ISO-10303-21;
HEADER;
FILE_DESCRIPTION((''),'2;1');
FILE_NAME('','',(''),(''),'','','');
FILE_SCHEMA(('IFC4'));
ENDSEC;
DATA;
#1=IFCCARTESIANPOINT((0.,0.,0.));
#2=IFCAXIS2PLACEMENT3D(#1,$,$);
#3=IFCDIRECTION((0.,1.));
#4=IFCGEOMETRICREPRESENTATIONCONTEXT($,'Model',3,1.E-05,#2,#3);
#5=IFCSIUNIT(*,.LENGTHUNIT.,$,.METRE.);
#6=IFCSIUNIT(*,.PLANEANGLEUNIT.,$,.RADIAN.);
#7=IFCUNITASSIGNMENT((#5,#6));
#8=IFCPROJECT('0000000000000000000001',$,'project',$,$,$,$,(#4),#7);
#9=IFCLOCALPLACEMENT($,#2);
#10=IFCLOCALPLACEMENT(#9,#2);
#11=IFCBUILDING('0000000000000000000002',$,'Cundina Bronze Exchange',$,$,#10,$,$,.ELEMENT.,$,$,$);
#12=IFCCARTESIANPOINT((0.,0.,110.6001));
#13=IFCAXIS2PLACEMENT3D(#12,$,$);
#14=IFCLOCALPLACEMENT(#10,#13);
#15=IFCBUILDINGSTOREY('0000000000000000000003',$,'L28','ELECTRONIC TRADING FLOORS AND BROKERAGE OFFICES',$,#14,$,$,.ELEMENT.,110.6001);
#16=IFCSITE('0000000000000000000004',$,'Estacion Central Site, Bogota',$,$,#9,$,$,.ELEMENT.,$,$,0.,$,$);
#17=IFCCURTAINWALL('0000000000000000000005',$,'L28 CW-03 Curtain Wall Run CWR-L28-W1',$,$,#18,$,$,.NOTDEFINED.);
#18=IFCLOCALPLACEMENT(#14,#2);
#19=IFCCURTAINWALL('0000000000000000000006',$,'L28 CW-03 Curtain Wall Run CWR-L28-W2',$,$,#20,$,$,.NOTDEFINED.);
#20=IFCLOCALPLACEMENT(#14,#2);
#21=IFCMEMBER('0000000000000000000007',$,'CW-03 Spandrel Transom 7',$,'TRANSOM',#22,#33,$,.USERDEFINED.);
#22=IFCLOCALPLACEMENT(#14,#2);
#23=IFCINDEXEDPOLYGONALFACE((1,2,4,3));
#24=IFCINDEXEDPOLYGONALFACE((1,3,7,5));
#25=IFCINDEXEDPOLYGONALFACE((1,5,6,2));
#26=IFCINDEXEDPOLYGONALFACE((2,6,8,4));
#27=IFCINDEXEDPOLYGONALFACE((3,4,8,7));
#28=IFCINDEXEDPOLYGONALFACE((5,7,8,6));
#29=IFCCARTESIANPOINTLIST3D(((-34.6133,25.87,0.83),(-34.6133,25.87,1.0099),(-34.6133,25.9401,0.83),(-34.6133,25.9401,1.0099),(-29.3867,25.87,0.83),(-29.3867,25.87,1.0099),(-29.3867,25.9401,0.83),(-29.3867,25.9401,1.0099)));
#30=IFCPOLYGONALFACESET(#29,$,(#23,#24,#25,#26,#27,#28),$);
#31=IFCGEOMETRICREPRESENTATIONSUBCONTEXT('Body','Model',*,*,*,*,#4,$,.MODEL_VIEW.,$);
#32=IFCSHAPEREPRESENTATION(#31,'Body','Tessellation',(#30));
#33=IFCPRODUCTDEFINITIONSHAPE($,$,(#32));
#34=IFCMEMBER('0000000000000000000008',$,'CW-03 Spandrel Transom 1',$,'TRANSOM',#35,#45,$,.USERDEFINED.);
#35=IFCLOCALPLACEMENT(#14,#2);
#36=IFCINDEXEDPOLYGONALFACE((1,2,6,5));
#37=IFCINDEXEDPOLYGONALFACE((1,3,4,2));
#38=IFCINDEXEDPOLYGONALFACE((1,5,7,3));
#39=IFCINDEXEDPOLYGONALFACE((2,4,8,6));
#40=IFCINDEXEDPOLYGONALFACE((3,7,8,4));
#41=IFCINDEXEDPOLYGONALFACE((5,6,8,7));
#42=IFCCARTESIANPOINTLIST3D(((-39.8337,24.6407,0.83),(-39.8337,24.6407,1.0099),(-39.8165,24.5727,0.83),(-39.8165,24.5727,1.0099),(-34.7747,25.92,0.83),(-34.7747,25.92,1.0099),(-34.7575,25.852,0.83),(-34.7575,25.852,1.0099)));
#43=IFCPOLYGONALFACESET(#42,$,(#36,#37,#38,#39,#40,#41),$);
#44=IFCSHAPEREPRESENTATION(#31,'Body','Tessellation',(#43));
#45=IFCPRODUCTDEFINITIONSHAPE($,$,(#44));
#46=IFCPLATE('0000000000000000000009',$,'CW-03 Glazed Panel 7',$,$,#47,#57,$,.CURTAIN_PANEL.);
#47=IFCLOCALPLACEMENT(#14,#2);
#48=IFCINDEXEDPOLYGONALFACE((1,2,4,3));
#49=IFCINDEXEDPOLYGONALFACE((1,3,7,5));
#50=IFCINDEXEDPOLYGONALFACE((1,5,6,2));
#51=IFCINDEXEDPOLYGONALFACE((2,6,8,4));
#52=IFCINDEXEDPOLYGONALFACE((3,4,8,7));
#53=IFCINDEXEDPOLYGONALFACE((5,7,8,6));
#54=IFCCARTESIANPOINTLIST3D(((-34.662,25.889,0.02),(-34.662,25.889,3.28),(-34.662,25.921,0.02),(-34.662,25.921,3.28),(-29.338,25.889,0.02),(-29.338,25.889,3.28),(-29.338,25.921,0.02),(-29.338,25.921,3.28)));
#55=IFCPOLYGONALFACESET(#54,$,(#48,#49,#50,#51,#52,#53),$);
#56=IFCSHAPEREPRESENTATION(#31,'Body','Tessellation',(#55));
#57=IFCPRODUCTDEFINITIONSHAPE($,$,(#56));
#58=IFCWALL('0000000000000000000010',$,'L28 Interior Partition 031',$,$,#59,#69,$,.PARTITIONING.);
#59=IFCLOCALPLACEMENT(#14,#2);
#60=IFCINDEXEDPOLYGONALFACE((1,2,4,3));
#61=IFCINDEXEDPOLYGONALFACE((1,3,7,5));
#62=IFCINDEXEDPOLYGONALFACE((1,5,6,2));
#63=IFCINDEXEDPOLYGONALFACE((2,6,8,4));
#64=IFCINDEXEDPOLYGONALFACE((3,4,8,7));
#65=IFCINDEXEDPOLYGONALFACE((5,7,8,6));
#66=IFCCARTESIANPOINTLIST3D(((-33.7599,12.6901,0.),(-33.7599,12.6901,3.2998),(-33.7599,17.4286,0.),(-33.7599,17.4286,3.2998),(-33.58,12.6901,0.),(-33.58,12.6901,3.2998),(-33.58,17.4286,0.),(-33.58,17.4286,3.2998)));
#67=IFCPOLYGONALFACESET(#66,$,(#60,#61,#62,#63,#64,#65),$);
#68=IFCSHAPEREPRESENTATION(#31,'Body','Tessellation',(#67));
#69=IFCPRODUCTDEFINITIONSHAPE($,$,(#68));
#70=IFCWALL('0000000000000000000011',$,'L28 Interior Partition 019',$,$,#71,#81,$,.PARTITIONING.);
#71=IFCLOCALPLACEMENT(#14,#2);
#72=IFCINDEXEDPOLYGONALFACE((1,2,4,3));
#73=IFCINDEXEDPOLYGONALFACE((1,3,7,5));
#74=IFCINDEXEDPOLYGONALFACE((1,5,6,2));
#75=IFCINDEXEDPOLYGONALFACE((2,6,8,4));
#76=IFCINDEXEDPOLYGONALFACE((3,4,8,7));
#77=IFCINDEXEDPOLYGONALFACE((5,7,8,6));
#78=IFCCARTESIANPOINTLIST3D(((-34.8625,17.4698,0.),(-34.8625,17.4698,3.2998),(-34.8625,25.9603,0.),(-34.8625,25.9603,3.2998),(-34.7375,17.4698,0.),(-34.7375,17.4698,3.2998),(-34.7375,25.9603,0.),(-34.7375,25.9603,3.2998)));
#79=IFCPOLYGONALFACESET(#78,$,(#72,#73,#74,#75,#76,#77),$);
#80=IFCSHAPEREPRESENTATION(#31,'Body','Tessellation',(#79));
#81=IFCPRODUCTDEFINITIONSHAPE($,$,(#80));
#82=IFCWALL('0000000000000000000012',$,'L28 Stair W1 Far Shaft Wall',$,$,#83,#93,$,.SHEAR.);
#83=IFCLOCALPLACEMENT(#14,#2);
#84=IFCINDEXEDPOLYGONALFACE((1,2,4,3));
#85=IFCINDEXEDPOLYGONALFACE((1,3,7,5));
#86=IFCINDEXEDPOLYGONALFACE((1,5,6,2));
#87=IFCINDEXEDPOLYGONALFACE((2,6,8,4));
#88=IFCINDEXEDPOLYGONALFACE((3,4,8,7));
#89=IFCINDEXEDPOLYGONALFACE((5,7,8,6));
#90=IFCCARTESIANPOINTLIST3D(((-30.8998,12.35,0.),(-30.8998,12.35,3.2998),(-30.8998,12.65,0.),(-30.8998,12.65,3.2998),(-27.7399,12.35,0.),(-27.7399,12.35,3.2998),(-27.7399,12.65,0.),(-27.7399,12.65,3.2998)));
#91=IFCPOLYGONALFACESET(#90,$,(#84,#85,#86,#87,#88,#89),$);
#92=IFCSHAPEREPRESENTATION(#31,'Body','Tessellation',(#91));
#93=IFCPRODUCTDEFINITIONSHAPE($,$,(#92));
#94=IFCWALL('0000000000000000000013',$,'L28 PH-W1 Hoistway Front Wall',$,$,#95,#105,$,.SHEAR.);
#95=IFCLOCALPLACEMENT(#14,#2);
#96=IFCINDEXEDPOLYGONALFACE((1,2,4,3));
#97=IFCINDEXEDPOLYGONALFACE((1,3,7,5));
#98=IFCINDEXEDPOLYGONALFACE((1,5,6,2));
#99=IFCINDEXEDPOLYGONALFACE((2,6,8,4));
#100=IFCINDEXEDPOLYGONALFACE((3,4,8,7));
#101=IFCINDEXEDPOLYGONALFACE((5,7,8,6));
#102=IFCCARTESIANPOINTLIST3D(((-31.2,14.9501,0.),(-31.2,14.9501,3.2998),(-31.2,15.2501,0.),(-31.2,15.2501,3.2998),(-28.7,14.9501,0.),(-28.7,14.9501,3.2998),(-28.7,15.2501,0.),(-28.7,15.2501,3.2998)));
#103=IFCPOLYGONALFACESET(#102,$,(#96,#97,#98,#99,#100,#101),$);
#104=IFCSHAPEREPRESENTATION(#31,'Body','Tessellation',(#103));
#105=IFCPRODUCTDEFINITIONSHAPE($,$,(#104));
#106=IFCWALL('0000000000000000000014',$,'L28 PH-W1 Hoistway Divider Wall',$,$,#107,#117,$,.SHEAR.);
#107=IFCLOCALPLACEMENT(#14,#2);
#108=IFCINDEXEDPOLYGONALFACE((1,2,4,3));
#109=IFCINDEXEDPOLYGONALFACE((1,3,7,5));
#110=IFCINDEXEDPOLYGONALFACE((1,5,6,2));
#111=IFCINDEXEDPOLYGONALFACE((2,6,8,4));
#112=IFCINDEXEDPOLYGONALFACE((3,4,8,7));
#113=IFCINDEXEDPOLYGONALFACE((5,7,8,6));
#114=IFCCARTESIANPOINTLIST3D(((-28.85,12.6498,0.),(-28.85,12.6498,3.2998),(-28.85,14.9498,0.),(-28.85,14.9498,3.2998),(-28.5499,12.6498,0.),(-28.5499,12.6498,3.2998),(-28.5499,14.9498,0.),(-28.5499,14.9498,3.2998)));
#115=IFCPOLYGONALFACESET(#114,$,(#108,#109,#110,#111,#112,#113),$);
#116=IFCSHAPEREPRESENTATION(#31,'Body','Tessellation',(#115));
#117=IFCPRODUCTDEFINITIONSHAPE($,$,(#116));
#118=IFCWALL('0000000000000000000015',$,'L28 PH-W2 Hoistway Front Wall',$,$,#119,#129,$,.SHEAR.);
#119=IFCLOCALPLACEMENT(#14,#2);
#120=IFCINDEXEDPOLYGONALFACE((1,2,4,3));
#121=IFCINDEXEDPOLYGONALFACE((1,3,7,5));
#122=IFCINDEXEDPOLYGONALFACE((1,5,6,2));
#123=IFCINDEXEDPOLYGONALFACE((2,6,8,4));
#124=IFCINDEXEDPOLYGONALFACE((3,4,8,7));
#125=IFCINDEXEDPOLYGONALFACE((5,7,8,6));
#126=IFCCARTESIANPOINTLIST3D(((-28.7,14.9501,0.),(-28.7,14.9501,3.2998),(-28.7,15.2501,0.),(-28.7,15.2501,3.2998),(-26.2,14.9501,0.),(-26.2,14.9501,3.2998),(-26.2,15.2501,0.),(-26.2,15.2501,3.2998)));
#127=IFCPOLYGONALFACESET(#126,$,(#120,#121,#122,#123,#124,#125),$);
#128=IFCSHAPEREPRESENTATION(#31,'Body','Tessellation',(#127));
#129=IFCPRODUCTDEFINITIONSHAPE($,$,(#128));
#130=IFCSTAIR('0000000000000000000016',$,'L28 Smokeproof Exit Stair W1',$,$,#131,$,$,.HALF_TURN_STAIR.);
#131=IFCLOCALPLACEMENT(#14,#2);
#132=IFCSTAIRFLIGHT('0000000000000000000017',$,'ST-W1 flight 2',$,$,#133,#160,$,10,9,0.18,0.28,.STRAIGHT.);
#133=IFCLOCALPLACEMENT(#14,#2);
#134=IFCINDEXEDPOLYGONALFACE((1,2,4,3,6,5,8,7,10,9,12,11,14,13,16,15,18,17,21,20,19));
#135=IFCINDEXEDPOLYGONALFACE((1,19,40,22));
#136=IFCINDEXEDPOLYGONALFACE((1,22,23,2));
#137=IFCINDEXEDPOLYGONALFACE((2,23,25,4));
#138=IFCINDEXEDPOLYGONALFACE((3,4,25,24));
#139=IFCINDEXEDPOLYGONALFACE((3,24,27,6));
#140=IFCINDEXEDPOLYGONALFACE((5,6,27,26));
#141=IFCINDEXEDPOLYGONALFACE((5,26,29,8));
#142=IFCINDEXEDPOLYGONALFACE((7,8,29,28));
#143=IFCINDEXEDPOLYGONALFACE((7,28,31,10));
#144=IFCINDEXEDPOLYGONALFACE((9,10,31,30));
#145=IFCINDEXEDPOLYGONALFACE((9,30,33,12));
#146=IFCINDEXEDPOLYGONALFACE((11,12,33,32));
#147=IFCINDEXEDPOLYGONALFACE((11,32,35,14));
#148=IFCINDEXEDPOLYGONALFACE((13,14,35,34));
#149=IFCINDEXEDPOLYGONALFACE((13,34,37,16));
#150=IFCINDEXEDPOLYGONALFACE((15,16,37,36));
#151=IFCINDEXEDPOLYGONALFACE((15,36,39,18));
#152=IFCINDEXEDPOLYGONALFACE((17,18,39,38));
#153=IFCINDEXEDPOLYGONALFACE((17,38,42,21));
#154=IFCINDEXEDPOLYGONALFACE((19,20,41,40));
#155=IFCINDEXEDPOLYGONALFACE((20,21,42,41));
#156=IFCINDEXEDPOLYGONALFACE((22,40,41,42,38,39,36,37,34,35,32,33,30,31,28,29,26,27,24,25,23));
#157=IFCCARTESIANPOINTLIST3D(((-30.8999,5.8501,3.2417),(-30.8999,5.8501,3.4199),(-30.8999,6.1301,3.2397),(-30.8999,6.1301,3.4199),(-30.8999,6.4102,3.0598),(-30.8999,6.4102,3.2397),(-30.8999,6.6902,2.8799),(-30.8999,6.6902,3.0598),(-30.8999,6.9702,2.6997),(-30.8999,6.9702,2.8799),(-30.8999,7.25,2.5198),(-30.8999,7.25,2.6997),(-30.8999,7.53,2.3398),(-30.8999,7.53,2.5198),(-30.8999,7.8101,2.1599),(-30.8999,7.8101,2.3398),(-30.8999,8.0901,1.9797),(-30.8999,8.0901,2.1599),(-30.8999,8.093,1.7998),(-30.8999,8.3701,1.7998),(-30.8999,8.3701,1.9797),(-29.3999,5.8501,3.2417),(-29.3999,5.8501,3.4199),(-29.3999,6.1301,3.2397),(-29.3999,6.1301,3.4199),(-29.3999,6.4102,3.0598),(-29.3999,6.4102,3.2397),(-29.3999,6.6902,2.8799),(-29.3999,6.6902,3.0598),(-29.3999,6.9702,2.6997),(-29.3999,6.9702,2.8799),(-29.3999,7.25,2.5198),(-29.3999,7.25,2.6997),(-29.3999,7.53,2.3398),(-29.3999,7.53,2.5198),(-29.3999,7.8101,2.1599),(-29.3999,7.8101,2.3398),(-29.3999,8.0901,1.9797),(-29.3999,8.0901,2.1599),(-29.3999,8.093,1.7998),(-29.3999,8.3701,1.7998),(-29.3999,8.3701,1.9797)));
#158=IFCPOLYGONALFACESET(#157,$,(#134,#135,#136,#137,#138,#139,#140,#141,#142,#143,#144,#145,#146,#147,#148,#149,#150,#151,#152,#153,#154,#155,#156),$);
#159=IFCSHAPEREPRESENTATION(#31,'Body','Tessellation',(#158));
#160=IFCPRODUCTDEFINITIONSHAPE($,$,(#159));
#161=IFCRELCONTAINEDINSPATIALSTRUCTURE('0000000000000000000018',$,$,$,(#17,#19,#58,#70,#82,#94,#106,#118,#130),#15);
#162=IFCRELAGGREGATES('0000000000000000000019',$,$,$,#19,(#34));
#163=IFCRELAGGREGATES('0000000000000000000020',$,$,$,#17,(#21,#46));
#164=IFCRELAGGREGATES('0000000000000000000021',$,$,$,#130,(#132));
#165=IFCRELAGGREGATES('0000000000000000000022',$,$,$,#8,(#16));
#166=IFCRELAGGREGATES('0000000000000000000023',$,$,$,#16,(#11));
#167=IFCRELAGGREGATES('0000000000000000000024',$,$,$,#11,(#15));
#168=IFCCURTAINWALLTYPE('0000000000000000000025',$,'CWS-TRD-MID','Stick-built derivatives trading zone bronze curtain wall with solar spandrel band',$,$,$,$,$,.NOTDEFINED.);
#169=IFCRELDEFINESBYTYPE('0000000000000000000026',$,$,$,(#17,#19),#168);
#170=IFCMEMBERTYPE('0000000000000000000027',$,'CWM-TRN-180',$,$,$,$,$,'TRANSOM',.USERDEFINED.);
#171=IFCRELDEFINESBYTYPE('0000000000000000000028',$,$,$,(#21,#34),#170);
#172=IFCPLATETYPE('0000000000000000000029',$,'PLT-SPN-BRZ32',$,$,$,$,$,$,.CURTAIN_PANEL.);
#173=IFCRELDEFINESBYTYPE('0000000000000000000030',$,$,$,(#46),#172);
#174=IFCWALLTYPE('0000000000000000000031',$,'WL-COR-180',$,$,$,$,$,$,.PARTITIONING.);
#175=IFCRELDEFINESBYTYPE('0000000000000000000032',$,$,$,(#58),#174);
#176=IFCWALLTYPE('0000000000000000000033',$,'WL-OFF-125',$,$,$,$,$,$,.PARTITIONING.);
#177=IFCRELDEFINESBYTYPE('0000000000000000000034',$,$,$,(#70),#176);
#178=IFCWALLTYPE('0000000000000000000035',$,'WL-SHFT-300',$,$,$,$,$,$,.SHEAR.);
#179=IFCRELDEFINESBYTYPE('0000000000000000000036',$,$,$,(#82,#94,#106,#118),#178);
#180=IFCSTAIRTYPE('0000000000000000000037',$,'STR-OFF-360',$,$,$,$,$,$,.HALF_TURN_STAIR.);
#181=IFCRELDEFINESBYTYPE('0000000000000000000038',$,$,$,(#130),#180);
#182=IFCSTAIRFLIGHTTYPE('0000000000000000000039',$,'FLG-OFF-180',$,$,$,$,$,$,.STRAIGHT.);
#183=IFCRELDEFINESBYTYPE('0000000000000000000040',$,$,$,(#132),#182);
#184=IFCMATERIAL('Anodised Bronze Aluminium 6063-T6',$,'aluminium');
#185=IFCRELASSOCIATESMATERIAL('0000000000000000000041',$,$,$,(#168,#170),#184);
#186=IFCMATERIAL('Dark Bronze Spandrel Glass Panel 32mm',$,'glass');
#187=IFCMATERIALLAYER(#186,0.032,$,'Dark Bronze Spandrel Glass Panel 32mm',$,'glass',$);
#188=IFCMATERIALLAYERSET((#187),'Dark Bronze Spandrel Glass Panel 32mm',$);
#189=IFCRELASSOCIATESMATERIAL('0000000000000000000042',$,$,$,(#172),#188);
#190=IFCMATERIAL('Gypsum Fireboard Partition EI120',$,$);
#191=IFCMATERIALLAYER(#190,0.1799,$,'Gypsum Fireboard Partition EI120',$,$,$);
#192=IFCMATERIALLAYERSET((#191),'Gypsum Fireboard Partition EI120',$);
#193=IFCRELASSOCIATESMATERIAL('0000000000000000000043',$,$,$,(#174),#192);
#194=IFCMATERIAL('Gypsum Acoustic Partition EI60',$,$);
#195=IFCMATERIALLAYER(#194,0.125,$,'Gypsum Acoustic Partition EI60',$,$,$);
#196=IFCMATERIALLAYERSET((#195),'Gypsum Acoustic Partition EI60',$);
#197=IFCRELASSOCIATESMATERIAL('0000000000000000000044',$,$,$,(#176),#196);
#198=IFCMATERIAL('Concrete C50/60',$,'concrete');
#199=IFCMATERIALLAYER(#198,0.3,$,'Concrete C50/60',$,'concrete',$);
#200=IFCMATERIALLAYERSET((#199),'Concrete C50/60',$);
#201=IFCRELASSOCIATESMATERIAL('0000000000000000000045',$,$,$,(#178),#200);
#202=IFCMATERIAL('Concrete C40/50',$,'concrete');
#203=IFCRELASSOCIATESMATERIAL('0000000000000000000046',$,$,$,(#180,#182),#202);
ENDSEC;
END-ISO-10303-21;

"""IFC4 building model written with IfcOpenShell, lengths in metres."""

from ifc_helpers import new_model, si_unit, direction, frame, frame_2d, origin, origin_2d, place, context, subcontext, project, spatial, polyline, rectangle, outline, extrude, material, layer, layer_set, material_profile, profile_set, type_object, element, aggregate, save


model = new_model("IFC4")

# Units and contexts
model_context = context("Model", 3, precision=1e-05, world=origin(), true_north=direction((0.0, 1.0)))
body_context = subcontext(model_context, "Body", "Model", "MODEL_VIEW")
ifc_project = project(units=[si_unit("LENGTHUNIT", "METRE"), si_unit("PLANEANGLEUNIT", "RADIAN")], contexts=[model_context])

# Site, building, storey
site_placement = place(None, origin())
site = spatial("IfcSite", under=ifc_project, at=site_placement, Name="Estacion Central Site, Bogota", CompositionType="ELEMENT", RefElevation=0.0)
building_placement = place(site_placement, origin())
building = spatial("IfcBuilding", under=site, at=building_placement, Name="Cundina Bronze Exchange", CompositionType="ELEMENT")
storey_placement = place(building_placement, frame((0.0, 0.0, 110.6001)))
storey = spatial("IfcBuildingStorey", under=building, at=storey_placement, Name="L28", Description="ELECTRONIC TRADING FLOORS AND BROKERAGE OFFICES", CompositionType="ELEMENT", Elevation=110.6001)

# Curtain wall
ifc_material_1 = material(Name="Anodised Bronze Aluminium 6063-T6", Category="aluminium")
curtain_wall_type = type_object("IfcCurtainWallType", Name="CWS-TRD-MID", Description="Stick-built derivatives trading zone bronze curtain wall with solar spandrel band", PredefinedType="NOTDEFINED", material=ifc_material_1)
curtain_wall_1_placement = place(storey_placement, origin())
curtain_wall_1 = element("IfcCurtainWall", 1, at=curtain_wall_1_placement, inside=storey, type_object=curtain_wall_type, Name="L28 CW-03 Curtain Wall Run CWR-L28-W1", PredefinedType="NOTDEFINED")

# Curtain wall
curtain_wall_2_placement = place(storey_placement, origin())
curtain_wall_2 = element("IfcCurtainWall", 2, at=curtain_wall_2_placement, inside=storey, type_object=curtain_wall_type, Name="L28 CW-03 Curtain Wall Run CWR-L28-W2", PredefinedType="NOTDEFINED")

# Members
ifc_material_profile_1 = material_profile(ifc_material_1, rectangle(XDim=0.0701, YDim=0.1799, at=origin_2d()), Name="AL70X180", Category="aluminium")
ifc_profile_set_1 = profile_set([ifc_material_profile_1], Name="Anodised Bronze Aluminium 6063-T6")
member_type_1 = type_object("IfcMemberType", Name="CWM-TRN-180", ElementType="TRANSOM", PredefinedType="USERDEFINED", material=ifc_profile_set_1)
member_1_placement = place(storey_placement, frame((-29.3867, 25.905, 0.9199), z_axis=(-1.0, 0.0, 0.0), x_axis=(0.0, -1.0, 0.0)))
member_1 = element("IfcMember", 3, at=member_1_placement, type_object=member_type_1, Name="CW-03 Spandrel Transom 7", ObjectType="TRANSOM", PredefinedType="USERDEFINED", context=body_context, shape_type="SweptSolid", body=[
    extrude(rectangle(XDim=0.0701, YDim=0.1799, at=origin_2d()), origin(), (0.0, 0.0, 1.0), 5.2266),
])
member_2_placement = place(storey_placement, frame((-34.7661, 25.886, 0.9199), z_axis=(-0.969484, -0.245155, 0.0), x_axis=(0.245155, -0.969484, 0.0)))
member_2 = element("IfcMember", 4, at=member_2_placement, type_object=member_type_1, Name="CW-03 Spandrel Transom 1", ObjectType="TRANSOM", PredefinedType="USERDEFINED", context=body_context, shape_type="SweptSolid", body=[
    extrude(rectangle(XDim=0.0701, YDim=0.1799, at=origin_2d()), origin(), (0.0, 0.0, 1.0), 5.2183),
])
aggregate(curtain_wall_2, [member_2])

# Plate
ifc_material_2 = material(Name="Dark Bronze Spandrel Glass Panel 32mm", Category="glass")
ifc_layer_1 = layer(ifc_material_2, 0.032, Name="Dark Bronze Spandrel Glass Panel 32mm", Category="glass")
ifc_layer_set_1 = layer_set([ifc_layer_1], Name="Dark Bronze Spandrel Glass Panel 32mm")
plate_type = type_object("IfcPlateType", Name="PLT-SPN-BRZ32", PredefinedType="CURTAIN_PANEL", material=ifc_layer_set_1)
plate_placement = place(storey_placement, frame((-32.0, 25.905, 0.02), z_axis=(0.0, 0.0, 1.0), x_axis=(-1.0, 0.0, 0.0)))
plate = element("IfcPlate", 5, at=plate_placement, type_object=plate_type, Name="CW-03 Glazed Panel 7", PredefinedType="CURTAIN_PANEL", context=body_context, shape_type="SweptSolid", body=[
    extrude(rectangle(XDim=5.324, YDim=0.032, at=origin_2d()), origin(), (0.0, 0.0, 1.0), 3.26),
])
aggregate(curtain_wall_1, [member_1, plate])

# Shared definitions
ifc_material_3 = material(Name="Gypsum Fireboard Partition EI120")
ifc_layer_2 = layer(ifc_material_3, 0.1799, Name="Gypsum Fireboard Partition EI120")
ifc_layer_set_2 = layer_set([ifc_layer_2], Name="Gypsum Fireboard Partition EI120")
wall_type_1 = type_object("IfcWallType", Name="WL-COR-180", PredefinedType="PARTITIONING", material=ifc_layer_set_2)

# Wall
wall_1_placement = place(storey_placement, frame((-33.6699, 17.4285, 0.0), z_axis=(0.0, 0.0, 1.0), x_axis=(0.0, -1.0, 0.0)))
element("IfcWall", 6, at=wall_1_placement, inside=storey, type_object=wall_type_1, Name="L28 Interior Partition 031", PredefinedType="PARTITIONING", context=body_context, shape_type="SweptSolid", body=[
    extrude(rectangle(XDim=4.7385, YDim=0.1799, at=frame_2d((2.3691, 0.0))), origin(), (0.0, 0.0, 1.0), 3.2998),
])

# Wall
ifc_material_4 = material(Name="Gypsum Acoustic Partition EI60")
ifc_layer_3 = layer(ifc_material_4, 0.125, Name="Gypsum Acoustic Partition EI60")
ifc_layer_set_3 = layer_set([ifc_layer_3], Name="Gypsum Acoustic Partition EI60")
wall_type_2 = type_object("IfcWallType", Name="WL-OFF-125", PredefinedType="PARTITIONING", material=ifc_layer_set_3)
wall_2_placement = place(storey_placement, frame((-34.8, 17.47, 0.0), z_axis=(0.0, 0.0, 1.0), x_axis=(0.0, 1.0, 0.0)))
element("IfcWall", 7, at=wall_2_placement, inside=storey, type_object=wall_type_2, Name="L28 Interior Partition 019", PredefinedType="PARTITIONING", context=body_context, shape_type="SweptSolid", body=[
    extrude(rectangle(XDim=8.4905, YDim=0.125, at=frame_2d((4.2451, 0.0))), origin(), (0.0, 0.0, 1.0), 3.2998),
])

# Shared definitions
ifc_material_5 = material(Name="Concrete C50/60", Category="concrete")
ifc_layer_4 = layer(ifc_material_5, 0.3, Name="Concrete C50/60", Category="concrete")
ifc_layer_set_4 = layer_set([ifc_layer_4], Name="Concrete C50/60")
wall_type_3 = type_object("IfcWallType", Name="WL-SHFT-300", PredefinedType="SHEAR", material=ifc_layer_set_4)

# Walls
wall_3_placement = place(storey_placement, frame((-30.8999, 12.5, 0.0), z_axis=(0.0, 0.0, 1.0), x_axis=(1.0, 0.0, 0.0)))
element("IfcWall", 8, at=wall_3_placement, inside=storey, type_object=wall_type_3, Name="L28 Stair W1 Far Shaft Wall", PredefinedType="SHEAR", context=body_context, shape_type="SweptSolid", body=[
    extrude(rectangle(XDim=3.1599, YDim=0.3, at=frame_2d((1.5801, 0.0))), origin(), (0.0, 0.0, 1.0), 3.2998),
])
wall_4_placement = place(storey_placement, frame((-31.2, 15.1001, 0.0), z_axis=(0.0, 0.0, 1.0), x_axis=(1.0, 0.0, 0.0)))
element("IfcWall", 9, at=wall_4_placement, inside=storey, type_object=wall_type_3, Name="L28 PH-W1 Hoistway Front Wall", PredefinedType="SHEAR", context=body_context, shape_type="SweptSolid", body=[
    extrude(rectangle(XDim=2.5, YDim=0.3, at=frame_2d((1.25, 0.0))), origin(), (0.0, 0.0, 1.0), 3.2998),
])
wall_5_placement = place(storey_placement, frame((-28.7, 12.6499, 0.0), z_axis=(0.0, 0.0, 1.0), x_axis=(0.0, 1.0, 0.0)))
element("IfcWall", 10, at=wall_5_placement, inside=storey, type_object=wall_type_3, Name="L28 PH-W1 Hoistway Divider Wall", PredefinedType="SHEAR", context=body_context, shape_type="SweptSolid", body=[
    extrude(rectangle(XDim=2.3, YDim=0.3, at=frame_2d((1.1499, 0.0))), origin(), (0.0, 0.0, 1.0), 3.2998),
])
wall_6_placement = place(storey_placement, frame((-28.7, 15.1001, 0.0), z_axis=(0.0, 0.0, 1.0), x_axis=(1.0, 0.0, 0.0)))
element("IfcWall", 11, at=wall_6_placement, inside=storey, type_object=wall_type_3, Name="L28 PH-W2 Hoistway Front Wall", PredefinedType="SHEAR", context=body_context, shape_type="SweptSolid", body=[
    extrude(rectangle(XDim=2.5, YDim=0.3, at=frame_2d((1.25, 0.0))), origin(), (0.0, 0.0, 1.0), 3.2998),
])

# Stair, stair flight
ifc_material_6 = material(Name="Concrete C40/50", Category="concrete")
stair_type = type_object("IfcStairType", Name="STR-OFF-360", PredefinedType="HALF_TURN_STAIR", material=ifc_material_6)
stair_placement = place(storey_placement, origin())
stair = element("IfcStair", 12, at=stair_placement, inside=storey, type_object=stair_type, Name="L28 Smokeproof Exit Stair W1", PredefinedType="HALF_TURN_STAIR")
stair_flight_type = type_object("IfcStairFlightType", Name="FLG-OFF-180", PredefinedType="STRAIGHT", material=ifc_material_6)
stair_flight_placement = place(storey_placement, frame((-30.1499, 8.3701, 1.7998), z_axis=(0.0, 0.0, 1.0), x_axis=(0.0, -1.0, 0.0)))
stair_flight = element("IfcStairFlight", 13, at=stair_flight_placement, type_object=stair_flight_type, Name="ST-W1 flight 2", NumberOfRisers=10, NumberOfTreads=9, PredefinedType="STRAIGHT", RiserHeight=0.18, TreadLength=0.28, context=body_context, shape_type="SweptSolid", body=[
    extrude(outline(polyline([(0.0, 0.0), (0.0, 0.1799), (0.28, 0.1799), (0.28, 0.3601), (0.5601, 0.3601), (0.5601, 0.54), (0.8401, 0.54), (0.8401, 0.72), (1.1201, 0.72), (1.1201, 0.8999), (1.3999, 0.8999), (1.3999, 1.0801), (1.6799, 1.0801), (1.6799, 1.26), (1.96, 1.26), (1.96, 1.4399), (2.24, 1.4399), (2.24, 1.6201), (2.52, 1.6201), (2.52, 1.8), (2.52, 1.4419), (0.2771, 0.0), (0.0, 0.0)])), frame((0.0, 0.75, 0.0), z_axis=(0.0, -1.0, 0.0), x_axis=(1.0, 0.0, 0.0)), (0.0, 0.0, 1.0), 1.5),
])
aggregate(stair, [stair_flight])

save(model, "model.ifc")
